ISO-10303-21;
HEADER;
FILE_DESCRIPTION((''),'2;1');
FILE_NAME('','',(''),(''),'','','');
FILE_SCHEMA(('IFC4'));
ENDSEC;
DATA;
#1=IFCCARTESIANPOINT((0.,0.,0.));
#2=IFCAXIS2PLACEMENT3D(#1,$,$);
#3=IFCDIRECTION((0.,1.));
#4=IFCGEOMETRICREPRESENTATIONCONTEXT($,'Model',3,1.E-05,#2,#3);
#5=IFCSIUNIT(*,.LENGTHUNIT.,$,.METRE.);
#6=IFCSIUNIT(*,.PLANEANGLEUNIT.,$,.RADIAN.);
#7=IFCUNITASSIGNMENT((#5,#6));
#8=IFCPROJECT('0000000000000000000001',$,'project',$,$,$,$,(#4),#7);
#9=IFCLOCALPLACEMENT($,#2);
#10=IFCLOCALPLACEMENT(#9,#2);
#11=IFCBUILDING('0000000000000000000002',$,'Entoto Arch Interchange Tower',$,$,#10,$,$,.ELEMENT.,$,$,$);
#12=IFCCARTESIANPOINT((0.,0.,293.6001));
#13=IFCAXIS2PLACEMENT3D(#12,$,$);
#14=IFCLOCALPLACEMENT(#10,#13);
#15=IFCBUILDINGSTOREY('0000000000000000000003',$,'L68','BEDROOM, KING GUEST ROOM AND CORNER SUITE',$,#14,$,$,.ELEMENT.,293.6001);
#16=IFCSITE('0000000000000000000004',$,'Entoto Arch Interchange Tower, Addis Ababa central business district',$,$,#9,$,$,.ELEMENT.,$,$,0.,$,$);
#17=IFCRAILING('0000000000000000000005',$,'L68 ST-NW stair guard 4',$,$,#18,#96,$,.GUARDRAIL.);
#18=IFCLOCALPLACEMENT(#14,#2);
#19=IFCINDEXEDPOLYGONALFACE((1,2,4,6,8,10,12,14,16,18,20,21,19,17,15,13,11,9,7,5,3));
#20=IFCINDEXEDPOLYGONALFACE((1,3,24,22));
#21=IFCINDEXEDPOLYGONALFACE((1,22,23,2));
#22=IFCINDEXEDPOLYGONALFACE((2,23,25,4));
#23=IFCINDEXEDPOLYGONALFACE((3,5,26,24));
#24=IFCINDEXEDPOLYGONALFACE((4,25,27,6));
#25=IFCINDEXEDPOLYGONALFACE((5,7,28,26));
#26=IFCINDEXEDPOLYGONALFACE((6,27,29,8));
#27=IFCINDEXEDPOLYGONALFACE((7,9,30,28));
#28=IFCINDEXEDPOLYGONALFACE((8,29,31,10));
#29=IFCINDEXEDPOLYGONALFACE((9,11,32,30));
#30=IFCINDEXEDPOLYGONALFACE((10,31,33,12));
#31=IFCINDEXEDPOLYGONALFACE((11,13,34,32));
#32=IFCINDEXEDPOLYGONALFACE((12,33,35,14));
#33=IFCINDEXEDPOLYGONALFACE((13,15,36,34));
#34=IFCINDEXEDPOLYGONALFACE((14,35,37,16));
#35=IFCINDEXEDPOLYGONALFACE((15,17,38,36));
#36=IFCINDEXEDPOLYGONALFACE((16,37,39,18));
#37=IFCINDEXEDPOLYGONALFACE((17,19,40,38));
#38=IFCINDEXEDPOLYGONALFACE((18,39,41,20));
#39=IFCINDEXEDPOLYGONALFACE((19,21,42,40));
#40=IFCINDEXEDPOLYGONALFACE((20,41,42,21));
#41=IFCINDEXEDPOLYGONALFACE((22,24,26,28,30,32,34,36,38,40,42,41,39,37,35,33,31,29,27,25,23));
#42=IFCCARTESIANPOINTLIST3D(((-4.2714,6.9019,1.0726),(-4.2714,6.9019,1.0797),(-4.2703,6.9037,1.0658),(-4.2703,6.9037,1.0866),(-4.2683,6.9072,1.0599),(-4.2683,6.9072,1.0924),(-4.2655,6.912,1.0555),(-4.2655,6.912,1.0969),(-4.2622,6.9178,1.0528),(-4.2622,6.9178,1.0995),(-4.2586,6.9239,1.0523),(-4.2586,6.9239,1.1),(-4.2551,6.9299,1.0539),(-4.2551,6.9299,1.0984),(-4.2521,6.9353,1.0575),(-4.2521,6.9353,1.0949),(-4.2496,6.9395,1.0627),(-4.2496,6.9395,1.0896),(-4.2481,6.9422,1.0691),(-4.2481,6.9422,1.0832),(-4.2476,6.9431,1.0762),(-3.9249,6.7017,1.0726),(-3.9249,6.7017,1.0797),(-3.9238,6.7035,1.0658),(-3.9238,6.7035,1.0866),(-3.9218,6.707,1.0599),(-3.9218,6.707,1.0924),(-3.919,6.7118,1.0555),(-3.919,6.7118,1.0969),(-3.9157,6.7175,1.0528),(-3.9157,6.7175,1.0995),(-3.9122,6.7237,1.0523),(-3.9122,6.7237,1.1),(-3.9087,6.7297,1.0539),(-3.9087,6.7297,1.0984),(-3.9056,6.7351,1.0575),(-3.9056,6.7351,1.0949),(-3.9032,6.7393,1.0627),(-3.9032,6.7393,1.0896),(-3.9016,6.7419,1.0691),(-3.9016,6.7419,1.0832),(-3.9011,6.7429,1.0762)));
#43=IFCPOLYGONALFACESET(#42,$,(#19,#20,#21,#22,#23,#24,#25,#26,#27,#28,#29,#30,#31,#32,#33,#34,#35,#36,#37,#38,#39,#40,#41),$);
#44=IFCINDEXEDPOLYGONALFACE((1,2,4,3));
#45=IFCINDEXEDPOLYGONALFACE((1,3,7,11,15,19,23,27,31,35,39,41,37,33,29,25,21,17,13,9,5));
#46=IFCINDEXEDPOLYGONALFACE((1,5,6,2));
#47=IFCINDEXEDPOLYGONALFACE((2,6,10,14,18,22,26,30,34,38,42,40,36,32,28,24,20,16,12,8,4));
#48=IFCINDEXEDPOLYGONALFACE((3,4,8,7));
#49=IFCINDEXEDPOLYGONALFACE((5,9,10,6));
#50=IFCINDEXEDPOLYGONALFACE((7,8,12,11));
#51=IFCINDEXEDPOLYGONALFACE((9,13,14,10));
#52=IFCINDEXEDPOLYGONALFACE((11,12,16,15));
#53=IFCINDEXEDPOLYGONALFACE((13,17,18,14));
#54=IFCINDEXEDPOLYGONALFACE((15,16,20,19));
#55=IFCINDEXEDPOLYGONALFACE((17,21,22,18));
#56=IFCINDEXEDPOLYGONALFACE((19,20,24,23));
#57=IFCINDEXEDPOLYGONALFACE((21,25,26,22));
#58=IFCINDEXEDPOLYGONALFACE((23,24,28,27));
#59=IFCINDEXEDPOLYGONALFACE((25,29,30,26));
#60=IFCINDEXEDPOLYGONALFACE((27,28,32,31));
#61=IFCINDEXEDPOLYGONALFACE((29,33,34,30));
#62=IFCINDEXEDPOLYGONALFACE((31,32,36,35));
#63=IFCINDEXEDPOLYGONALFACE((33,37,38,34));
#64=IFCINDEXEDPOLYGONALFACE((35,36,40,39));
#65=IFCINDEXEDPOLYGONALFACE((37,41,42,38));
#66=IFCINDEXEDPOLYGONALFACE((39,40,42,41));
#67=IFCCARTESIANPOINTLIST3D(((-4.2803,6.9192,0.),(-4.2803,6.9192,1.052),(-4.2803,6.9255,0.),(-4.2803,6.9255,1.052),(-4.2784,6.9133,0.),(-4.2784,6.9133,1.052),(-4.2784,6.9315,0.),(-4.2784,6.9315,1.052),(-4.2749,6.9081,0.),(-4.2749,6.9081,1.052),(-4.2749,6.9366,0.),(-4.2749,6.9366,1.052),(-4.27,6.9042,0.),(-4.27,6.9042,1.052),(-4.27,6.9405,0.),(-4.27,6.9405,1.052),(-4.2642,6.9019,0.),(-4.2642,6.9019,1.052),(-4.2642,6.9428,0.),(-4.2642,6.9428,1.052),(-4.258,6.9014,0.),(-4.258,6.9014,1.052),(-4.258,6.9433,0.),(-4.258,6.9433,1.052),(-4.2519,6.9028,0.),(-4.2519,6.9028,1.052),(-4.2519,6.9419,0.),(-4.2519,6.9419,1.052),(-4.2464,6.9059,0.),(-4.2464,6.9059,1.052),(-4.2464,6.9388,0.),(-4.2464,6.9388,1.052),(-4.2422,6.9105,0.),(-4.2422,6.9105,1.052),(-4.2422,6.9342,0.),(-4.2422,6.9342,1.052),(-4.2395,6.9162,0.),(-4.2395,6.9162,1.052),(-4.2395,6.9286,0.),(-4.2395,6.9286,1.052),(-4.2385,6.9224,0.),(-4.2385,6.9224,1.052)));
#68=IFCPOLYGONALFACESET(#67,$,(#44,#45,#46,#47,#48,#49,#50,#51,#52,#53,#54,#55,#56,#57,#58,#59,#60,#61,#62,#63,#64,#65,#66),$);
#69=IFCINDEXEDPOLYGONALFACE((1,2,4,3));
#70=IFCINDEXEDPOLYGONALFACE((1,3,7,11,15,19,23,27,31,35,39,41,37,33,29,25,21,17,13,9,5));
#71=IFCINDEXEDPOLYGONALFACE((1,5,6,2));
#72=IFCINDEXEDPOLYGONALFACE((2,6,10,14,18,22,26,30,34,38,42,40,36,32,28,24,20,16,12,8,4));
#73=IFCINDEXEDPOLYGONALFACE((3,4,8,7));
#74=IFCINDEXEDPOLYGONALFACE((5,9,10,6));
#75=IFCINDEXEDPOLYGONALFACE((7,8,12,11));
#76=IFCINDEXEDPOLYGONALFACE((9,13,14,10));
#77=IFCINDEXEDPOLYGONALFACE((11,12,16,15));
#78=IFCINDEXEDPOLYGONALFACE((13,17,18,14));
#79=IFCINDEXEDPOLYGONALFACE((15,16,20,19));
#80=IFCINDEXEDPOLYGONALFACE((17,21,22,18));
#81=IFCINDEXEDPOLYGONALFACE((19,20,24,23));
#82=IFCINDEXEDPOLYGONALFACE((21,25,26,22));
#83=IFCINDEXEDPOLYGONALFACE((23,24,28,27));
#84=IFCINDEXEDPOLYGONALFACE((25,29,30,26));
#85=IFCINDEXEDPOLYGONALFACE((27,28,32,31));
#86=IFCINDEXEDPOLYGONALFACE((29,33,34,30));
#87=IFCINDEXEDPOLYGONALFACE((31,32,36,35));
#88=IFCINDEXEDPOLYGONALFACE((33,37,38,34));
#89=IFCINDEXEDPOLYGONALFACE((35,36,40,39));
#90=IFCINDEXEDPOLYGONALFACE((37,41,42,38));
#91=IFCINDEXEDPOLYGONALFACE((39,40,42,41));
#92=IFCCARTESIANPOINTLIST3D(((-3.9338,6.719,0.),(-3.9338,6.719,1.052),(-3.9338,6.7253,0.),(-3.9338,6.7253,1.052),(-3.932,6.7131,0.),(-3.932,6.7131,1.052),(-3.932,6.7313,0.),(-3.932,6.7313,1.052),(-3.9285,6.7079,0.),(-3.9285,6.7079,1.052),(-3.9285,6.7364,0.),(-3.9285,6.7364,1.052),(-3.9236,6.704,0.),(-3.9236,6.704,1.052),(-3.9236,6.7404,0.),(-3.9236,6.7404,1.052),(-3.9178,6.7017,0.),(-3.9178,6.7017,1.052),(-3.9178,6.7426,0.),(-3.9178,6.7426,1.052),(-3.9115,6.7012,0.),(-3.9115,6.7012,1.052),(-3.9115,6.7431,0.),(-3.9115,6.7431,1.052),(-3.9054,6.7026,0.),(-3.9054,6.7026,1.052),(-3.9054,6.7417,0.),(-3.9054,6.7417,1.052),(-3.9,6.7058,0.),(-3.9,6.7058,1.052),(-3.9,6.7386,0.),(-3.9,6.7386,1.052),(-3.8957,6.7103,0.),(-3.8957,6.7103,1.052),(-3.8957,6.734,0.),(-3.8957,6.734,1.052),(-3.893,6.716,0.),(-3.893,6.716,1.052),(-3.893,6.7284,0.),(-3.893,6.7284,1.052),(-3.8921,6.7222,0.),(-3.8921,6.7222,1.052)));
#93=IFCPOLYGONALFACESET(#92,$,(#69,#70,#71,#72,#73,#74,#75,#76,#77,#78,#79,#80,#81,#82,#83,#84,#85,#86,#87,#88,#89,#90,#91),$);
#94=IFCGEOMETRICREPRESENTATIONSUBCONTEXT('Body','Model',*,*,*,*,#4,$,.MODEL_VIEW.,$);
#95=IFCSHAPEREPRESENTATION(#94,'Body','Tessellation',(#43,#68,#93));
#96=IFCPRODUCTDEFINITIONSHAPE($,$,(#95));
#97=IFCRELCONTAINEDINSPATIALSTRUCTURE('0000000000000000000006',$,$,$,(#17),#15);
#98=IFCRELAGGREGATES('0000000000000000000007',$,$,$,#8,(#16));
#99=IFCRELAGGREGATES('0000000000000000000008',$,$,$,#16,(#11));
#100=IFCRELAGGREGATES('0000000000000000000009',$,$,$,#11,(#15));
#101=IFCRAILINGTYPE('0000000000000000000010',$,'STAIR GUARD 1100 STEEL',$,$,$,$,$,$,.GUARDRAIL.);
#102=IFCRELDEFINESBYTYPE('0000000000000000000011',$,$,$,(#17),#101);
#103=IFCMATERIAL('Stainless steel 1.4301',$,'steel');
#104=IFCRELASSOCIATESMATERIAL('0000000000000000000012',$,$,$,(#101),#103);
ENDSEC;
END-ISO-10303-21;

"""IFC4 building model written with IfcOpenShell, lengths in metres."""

from ifc_helpers import new_model, si_unit, direction, frame, origin, origin_2d, place, context, subcontext, project, spatial, circle, extrude, material, type_object, element, save


model = new_model("IFC4")

# Units and contexts
model_context = context("Model", 3, precision=1e-05, world=origin(), true_north=direction((0.0, 1.0)))
body_context = subcontext(model_context, "Body", "Model", "MODEL_VIEW")
ifc_project = project(units=[si_unit("LENGTHUNIT", "METRE"), si_unit("PLANEANGLEUNIT", "RADIAN")], contexts=[model_context])

# Site, building, storey
site_placement = place(None, origin())
site = spatial("IfcSite", under=ifc_project, at=site_placement, Name="Entoto Arch Interchange Tower, Addis Ababa central business district", CompositionType="ELEMENT", RefElevation=0.0)
building_placement = place(site_placement, origin())
building = spatial("IfcBuilding", under=site, at=building_placement, Name="Entoto Arch Interchange Tower", CompositionType="ELEMENT")
storey_placement = place(building_placement, frame((0.0, 0.0, 293.6001)))
storey = spatial("IfcBuildingStorey", under=building, at=storey_placement, Name="L68", Description="BEDROOM, KING GUEST ROOM AND CORNER SUITE", CompositionType="ELEMENT", Elevation=293.6001)

# Railing
ifc_material_1 = material(Name="Stainless steel 1.4301", Category="steel")
railing_type_1 = type_object("IfcRailingType", Name="STAIR GUARD 1100 STEEL", PredefinedType="GUARDRAIL", material=ifc_material_1)
railing_1_placement = place(storey_placement, frame((-4.2595, 6.9224, 0.0)))
element("IfcRailing", 1, at=railing_1_placement, inside=storey, type_object=railing_type_1, Name="L68 ST-NW stair guard 4", PredefinedType="GUARDRAIL", context=body_context, shape_type="SweptSolid", body=[
    extrude(circle(Radius=0.0239, at=origin_2d()), frame((0.0, 0.0, 1.0762), z_axis=(0.86583, -0.500339, 0.0), x_axis=(0.500339, 0.86583, 0.0)), (0.0, 0.0, 1.0), 0.4001),
    extrude(circle(Radius=0.021, at=origin_2d()), origin(), (0.0, 0.0, 1.0), 1.052),
    extrude(circle(Radius=0.021, at=origin_2d()), frame((0.3464, -0.2002, 0.0)), (0.0, 0.0, 1.0), 1.052),
])

save(model, "model.ifc")
